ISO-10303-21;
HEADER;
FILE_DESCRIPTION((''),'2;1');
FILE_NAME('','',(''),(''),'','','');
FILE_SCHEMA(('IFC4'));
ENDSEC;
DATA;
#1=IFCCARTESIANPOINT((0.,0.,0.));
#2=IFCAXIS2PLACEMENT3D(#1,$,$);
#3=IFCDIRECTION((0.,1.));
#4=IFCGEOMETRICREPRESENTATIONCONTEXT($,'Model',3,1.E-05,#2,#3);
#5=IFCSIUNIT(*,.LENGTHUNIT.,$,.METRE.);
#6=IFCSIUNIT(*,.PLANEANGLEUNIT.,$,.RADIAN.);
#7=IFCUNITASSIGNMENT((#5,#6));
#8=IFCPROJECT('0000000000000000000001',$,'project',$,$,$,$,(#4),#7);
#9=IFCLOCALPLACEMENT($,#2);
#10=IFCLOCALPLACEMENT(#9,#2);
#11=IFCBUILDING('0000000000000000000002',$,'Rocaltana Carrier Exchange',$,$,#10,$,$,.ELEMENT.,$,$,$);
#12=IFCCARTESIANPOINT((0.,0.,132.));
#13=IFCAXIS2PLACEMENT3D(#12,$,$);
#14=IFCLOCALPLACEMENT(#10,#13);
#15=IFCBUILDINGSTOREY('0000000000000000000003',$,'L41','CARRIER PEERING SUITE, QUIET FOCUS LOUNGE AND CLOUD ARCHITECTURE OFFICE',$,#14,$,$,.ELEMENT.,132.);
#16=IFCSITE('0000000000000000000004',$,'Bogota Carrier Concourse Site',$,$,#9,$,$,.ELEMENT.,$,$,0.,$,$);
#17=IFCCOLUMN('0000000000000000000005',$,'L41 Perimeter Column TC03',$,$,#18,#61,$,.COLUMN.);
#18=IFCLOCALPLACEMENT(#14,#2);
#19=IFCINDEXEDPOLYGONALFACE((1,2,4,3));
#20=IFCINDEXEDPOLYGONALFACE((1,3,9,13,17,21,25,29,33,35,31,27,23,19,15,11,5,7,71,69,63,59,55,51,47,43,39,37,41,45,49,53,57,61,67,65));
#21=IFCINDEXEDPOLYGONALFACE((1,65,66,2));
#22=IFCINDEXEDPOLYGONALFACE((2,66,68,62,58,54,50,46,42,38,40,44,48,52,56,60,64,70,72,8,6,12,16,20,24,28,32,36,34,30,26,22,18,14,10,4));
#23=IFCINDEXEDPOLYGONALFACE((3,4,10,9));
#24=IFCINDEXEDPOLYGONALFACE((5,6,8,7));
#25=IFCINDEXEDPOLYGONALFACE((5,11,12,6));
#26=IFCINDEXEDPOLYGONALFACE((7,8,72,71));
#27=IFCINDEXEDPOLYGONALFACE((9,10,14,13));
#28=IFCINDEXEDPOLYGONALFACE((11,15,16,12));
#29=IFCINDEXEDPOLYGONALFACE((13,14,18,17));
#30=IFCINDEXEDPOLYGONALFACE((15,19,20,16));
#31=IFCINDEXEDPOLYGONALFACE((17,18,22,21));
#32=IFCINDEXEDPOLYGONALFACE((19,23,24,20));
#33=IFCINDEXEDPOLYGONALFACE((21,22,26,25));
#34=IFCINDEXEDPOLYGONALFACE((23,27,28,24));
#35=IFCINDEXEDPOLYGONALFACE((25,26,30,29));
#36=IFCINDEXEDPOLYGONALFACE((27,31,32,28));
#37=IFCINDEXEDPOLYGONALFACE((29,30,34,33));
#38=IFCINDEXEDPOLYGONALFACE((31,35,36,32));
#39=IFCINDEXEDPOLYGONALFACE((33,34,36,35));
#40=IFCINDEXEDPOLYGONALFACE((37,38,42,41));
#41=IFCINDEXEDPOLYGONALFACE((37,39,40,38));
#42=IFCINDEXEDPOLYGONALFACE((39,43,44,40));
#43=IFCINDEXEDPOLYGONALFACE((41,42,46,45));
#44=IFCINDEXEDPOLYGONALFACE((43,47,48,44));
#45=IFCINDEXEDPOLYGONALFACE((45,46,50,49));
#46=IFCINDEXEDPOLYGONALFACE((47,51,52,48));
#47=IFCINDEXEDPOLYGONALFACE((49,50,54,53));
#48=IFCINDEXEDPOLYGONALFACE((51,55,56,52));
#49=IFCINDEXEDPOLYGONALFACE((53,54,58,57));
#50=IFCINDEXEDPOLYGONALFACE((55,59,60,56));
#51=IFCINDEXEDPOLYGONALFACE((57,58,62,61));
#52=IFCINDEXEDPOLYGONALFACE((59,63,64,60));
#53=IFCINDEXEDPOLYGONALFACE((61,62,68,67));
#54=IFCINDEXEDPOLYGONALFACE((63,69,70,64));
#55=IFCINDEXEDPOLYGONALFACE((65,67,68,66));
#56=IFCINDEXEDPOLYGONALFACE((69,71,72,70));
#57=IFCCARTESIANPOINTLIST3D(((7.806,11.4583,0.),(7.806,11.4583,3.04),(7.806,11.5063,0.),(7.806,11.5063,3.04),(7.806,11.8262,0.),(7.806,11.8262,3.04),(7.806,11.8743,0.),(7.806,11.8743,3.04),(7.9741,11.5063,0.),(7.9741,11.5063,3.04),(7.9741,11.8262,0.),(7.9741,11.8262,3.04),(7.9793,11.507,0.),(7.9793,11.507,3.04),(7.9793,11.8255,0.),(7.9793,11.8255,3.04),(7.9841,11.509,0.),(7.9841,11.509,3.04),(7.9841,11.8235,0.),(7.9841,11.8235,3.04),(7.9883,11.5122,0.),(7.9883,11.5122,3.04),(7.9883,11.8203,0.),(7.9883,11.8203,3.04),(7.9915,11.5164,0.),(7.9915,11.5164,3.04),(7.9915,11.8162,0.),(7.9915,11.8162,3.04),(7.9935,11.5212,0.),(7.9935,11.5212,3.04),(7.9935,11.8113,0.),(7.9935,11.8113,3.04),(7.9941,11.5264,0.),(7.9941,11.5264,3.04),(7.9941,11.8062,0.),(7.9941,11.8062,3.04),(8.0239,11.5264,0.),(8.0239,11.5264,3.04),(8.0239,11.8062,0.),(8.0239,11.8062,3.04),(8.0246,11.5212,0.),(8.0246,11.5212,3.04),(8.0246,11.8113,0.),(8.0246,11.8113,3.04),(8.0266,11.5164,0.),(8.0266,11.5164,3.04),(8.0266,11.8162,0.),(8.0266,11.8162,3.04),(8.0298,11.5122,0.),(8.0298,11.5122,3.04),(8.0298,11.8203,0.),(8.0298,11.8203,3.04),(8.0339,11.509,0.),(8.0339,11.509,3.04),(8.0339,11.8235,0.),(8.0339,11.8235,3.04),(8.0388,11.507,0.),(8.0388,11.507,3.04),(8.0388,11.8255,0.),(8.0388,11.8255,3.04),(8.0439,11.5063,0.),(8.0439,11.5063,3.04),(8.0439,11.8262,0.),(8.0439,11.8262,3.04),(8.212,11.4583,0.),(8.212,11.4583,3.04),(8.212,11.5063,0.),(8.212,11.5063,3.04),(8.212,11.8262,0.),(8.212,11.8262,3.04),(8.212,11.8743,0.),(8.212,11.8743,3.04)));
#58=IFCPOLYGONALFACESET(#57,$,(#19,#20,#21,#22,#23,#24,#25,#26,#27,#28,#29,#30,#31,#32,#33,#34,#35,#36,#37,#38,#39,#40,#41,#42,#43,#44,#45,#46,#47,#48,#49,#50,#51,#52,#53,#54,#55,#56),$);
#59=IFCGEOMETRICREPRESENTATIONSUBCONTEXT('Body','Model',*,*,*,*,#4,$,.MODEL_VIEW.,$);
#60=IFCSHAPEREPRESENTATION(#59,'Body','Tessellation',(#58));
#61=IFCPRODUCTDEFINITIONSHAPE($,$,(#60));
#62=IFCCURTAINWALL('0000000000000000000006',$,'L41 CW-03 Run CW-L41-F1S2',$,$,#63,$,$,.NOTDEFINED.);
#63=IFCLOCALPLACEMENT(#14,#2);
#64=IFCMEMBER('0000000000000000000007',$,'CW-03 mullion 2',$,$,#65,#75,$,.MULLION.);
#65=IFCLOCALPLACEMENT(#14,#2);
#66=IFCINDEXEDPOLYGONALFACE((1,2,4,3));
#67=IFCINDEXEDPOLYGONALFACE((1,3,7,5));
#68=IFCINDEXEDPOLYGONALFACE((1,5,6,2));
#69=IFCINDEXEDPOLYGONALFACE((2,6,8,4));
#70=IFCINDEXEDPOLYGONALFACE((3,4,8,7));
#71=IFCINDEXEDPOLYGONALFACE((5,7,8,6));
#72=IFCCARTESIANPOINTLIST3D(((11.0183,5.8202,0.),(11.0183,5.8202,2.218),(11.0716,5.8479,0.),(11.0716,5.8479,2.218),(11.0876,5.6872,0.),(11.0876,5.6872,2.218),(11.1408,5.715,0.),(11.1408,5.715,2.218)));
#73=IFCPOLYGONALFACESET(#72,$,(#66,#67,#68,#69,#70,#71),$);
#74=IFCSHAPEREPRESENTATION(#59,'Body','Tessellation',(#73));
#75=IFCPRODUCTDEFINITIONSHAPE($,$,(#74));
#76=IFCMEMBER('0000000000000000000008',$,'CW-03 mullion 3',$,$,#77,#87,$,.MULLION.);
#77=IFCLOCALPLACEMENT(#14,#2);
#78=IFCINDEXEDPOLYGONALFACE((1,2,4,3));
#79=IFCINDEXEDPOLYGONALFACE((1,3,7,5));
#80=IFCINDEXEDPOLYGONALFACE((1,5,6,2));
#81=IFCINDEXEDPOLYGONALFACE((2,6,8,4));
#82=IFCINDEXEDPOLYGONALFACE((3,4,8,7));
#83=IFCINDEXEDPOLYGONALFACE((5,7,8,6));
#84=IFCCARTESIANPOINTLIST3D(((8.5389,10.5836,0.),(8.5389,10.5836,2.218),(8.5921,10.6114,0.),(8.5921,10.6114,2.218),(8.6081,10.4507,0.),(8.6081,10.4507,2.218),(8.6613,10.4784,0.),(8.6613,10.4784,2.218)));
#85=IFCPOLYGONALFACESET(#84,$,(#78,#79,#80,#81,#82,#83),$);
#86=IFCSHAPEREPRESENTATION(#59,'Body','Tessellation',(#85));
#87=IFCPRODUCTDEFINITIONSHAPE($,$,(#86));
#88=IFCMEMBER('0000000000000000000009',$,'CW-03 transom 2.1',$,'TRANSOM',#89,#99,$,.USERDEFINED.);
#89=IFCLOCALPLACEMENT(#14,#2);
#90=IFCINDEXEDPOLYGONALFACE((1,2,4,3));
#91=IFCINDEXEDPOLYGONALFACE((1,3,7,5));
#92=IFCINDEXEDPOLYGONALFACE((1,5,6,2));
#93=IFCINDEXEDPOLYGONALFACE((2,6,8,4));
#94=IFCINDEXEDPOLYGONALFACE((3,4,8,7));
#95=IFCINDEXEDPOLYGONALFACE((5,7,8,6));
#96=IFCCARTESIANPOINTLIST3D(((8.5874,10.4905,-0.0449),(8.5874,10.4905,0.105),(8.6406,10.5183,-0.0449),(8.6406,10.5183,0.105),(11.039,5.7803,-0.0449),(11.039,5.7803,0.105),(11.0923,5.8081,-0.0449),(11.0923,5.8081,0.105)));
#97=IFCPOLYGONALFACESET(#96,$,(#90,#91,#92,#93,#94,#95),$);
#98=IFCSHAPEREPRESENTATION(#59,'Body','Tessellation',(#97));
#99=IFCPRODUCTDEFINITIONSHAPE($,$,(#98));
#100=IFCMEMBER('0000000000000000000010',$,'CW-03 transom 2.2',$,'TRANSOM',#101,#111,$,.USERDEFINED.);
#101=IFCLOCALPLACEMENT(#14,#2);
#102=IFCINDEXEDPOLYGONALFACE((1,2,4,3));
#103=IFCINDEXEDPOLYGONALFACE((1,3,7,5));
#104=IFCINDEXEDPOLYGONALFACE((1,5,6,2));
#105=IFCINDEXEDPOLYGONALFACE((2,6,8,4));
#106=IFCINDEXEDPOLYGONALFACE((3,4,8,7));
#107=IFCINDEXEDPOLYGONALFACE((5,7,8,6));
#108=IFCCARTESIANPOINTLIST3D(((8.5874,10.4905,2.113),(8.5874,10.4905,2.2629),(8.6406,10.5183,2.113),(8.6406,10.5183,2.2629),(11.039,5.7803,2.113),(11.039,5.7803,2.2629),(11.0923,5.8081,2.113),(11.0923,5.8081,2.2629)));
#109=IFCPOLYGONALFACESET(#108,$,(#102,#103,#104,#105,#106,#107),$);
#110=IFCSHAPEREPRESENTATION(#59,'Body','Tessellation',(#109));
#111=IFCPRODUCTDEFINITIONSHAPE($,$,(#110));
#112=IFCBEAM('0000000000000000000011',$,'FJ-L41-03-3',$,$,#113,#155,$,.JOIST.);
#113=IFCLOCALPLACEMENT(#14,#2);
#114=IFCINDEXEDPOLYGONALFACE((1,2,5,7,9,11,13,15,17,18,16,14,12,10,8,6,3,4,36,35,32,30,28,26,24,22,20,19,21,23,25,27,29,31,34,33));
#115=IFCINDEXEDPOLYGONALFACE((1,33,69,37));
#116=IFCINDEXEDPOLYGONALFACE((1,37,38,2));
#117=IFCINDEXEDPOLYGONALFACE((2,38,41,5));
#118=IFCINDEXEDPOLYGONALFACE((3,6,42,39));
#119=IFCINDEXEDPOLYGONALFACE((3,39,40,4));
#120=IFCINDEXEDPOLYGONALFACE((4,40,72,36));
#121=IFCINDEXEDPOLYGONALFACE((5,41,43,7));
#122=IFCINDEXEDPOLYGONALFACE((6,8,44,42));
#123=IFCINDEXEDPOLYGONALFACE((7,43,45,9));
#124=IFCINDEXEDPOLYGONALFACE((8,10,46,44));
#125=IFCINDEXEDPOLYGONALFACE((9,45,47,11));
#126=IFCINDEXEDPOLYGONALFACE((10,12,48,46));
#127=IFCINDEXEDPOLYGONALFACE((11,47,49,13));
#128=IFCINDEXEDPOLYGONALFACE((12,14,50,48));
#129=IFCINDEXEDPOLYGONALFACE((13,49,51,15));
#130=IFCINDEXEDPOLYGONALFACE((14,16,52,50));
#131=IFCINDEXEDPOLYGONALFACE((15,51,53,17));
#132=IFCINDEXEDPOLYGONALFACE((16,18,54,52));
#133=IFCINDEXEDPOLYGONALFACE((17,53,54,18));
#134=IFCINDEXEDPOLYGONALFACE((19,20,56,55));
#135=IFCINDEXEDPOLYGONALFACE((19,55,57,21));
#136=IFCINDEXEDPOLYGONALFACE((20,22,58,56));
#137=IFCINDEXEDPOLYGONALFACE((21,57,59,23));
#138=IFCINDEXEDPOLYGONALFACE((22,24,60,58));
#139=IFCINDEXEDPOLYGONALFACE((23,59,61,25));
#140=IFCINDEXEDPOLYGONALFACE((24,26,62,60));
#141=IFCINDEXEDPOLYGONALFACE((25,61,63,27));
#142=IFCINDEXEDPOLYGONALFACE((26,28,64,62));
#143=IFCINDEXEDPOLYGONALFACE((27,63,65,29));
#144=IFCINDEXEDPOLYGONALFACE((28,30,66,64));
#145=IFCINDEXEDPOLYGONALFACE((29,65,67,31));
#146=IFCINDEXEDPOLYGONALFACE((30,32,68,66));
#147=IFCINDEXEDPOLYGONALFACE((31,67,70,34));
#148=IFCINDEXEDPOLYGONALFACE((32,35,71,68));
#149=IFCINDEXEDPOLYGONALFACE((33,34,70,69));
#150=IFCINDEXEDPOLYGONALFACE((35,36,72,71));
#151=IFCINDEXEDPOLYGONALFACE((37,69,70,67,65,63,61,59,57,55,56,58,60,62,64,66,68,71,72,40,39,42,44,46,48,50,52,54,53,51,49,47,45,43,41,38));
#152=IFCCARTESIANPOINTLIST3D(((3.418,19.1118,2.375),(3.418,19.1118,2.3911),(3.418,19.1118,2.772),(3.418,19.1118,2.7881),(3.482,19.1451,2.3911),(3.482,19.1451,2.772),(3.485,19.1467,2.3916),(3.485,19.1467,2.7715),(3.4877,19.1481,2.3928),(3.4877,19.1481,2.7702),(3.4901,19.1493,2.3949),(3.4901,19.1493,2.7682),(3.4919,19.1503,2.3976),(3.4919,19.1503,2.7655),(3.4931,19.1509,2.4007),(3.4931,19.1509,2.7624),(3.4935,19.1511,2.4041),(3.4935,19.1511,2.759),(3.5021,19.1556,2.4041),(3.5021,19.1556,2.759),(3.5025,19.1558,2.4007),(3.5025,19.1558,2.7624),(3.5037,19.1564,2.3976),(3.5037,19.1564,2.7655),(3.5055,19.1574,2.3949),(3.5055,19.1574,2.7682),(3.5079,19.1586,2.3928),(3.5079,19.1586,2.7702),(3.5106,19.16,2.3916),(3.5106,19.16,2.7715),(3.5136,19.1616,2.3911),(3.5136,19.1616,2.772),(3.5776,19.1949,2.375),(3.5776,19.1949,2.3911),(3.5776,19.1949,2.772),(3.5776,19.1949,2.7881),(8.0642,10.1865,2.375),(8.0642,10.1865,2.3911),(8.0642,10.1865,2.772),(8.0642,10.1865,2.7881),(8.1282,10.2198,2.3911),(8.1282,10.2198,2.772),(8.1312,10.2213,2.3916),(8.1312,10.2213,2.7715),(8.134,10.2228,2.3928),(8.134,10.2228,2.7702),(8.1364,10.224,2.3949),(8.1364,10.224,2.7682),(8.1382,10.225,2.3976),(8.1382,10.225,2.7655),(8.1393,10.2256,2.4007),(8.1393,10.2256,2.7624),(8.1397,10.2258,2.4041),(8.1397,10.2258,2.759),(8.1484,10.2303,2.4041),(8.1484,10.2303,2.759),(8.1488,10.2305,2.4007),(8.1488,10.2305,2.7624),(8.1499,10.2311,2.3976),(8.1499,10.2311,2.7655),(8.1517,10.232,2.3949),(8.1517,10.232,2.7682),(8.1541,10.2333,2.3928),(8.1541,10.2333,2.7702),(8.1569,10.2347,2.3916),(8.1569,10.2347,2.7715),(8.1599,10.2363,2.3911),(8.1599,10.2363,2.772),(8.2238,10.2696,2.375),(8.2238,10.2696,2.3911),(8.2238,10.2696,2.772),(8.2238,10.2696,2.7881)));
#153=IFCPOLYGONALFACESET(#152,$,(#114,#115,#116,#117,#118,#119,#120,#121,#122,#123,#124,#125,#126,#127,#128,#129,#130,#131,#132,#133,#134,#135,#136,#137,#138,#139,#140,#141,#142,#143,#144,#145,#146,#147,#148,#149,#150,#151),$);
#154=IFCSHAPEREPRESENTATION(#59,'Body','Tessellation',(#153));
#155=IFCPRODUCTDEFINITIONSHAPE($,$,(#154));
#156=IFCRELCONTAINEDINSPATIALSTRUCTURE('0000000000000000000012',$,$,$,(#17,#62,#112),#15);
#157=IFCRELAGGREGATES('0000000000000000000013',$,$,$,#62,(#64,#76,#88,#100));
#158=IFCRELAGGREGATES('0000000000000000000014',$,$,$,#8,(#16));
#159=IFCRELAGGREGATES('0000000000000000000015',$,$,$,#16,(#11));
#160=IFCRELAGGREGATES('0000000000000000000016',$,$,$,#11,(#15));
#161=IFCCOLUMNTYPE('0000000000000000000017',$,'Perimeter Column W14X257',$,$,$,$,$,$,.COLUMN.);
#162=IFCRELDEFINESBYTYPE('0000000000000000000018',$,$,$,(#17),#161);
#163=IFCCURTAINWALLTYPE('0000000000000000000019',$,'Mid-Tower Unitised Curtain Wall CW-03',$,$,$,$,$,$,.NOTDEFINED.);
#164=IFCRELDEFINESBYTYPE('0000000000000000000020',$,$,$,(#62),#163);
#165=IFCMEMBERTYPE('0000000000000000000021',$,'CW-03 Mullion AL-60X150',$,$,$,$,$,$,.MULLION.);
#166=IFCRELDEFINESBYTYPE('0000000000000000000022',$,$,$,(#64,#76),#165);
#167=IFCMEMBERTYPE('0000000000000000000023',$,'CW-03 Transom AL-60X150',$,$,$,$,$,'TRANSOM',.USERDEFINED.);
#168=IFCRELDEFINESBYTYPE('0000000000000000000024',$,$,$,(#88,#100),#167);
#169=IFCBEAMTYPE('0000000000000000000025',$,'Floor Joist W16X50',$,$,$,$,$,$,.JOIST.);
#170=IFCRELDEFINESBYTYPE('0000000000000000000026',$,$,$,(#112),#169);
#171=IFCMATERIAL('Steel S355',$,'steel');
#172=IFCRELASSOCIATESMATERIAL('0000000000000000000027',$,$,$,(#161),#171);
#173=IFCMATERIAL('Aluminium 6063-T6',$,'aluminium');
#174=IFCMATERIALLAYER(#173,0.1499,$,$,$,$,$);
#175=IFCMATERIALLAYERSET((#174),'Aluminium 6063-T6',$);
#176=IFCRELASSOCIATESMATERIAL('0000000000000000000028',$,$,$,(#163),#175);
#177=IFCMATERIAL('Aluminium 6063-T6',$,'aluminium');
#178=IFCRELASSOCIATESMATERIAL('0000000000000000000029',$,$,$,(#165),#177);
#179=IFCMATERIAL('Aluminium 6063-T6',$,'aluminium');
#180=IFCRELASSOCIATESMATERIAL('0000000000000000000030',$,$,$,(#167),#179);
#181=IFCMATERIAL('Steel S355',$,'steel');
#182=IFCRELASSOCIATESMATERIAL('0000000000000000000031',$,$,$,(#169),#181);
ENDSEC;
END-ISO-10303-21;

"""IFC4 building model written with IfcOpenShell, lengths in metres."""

from ifc_helpers import new_model, si_unit, direction, frame, origin, origin_2d, place, context, subcontext, project, spatial, rectangle, i_section, extrude, material, layer, layer_set, material_profile, profile_set, type_object, element, aggregate, save


model = new_model("IFC4")

# Units and contexts
model_context = context("Model", 3, precision=1e-05, world=origin(), true_north=direction((0.0, 1.0)))
body_context = subcontext(model_context, "Body", "Model", "MODEL_VIEW")
ifc_project = project(units=[si_unit("LENGTHUNIT", "METRE"), si_unit("PLANEANGLEUNIT", "RADIAN")], contexts=[model_context])

# Site, building, storey
site_placement = place(None, origin())
site = spatial("IfcSite", under=ifc_project, at=site_placement, Name="Bogota Carrier Concourse Site", CompositionType="ELEMENT", RefElevation=0.0)
building_placement = place(site_placement, origin())
building = spatial("IfcBuilding", under=site, at=building_placement, Name="Rocaltana Carrier Exchange", CompositionType="ELEMENT")
storey_placement = place(building_placement, frame((0.0, 0.0, 132.0)))
storey = spatial("IfcBuildingStorey", under=building, at=storey_placement, Name="L41", Description="CARRIER PEERING SUITE, QUIET FOCUS LOUNGE AND CLOUD ARCHITECTURE OFFICE", CompositionType="ELEMENT", Elevation=132.0)

# Column
ifc_material_1 = material(Name="Steel S355", Category="steel")
ifc_material_profile_1 = material_profile(ifc_material_1, i_section(OverallWidth=0.406, OverallDepth=0.416, WebThickness=0.0298, FlangeThickness=0.0481, FilletRadius=0.02, at=origin_2d()), Name="W14X257")
ifc_profile_set_1 = profile_set([ifc_material_profile_1], Name="Steel S355")
column_type = type_object("IfcColumnType", Name="Perimeter Column W14X257", PredefinedType="COLUMN", material=ifc_profile_set_1)
column_placement = place(storey_placement, frame((8.009, 11.6663, 0.0), z_axis=(0.0, 0.0, 1.0), x_axis=(1.0, 0.0, 0.0)))
element("IfcColumn", 1, at=column_placement, inside=storey, type_object=column_type, Name="L41 Perimeter Column TC03", PredefinedType="COLUMN", context=body_context, shape_type="SweptSolid", body=[
    extrude(i_section(OverallWidth=0.406, OverallDepth=0.416, WebThickness=0.0298, FlangeThickness=0.0481, FilletRadius=0.02, at=origin_2d()), origin(), (0.0, 0.0, 1.0), 3.04),
])

# Curtain wall, members
ifc_material_2 = material(Name="Aluminium 6063-T6", Category="aluminium")
ifc_layer_1 = layer(ifc_material_2, 0.1499)
ifc_layer_set_1 = layer_set([ifc_layer_1], Name="Aluminium 6063-T6")
curtain_wall_type = type_object("IfcCurtainWallType", Name="Mid-Tower Unitised Curtain Wall CW-03", PredefinedType="NOTDEFINED", material=ifc_layer_set_1)
curtain_wall_placement = place(storey_placement, origin())
curtain_wall = element("IfcCurtainWall", 2, at=curtain_wall_placement, inside=storey, type_object=curtain_wall_type, Name="L41 CW-03 Run CW-L41-F1S2", PredefinedType="NOTDEFINED")
ifc_material_3 = material(Name="Aluminium 6063-T6", Category="aluminium")
ifc_material_profile_2 = material_profile(ifc_material_3, rectangle(XDim=0.0601, YDim=0.1499, at=origin_2d()), Name="AL-60X150")
ifc_profile_set_2 = profile_set([ifc_material_profile_2], Name="Aluminium 6063-T6")
member_type_1 = type_object("IfcMemberType", Name="CW-03 Mullion AL-60X150", PredefinedType="MULLION", material=ifc_profile_set_2)
member_1_placement = place(storey_placement, frame((11.0796, 5.7676, 0.0), z_axis=(0.0, 0.0, 1.0), x_axis=(-0.887012, -0.461747, 0.0)))
member_1 = element("IfcMember", 3, at=member_1_placement, type_object=member_type_1, Name="CW-03 mullion 2", PredefinedType="MULLION", context=body_context, shape_type="SweptSolid", body=[
    extrude(rectangle(XDim=0.0601, YDim=0.1499, at=origin_2d()), origin(), (0.0, 0.0, 1.0), 2.218),
])
member_2_placement = place(storey_placement, frame((8.6001, 10.531, 0.0), z_axis=(0.0, 0.0, 1.0), x_axis=(-0.887012, -0.461747, 0.0)))
member_2 = element("IfcMember", 4, at=member_2_placement, type_object=member_type_1, Name="CW-03 mullion 3", PredefinedType="MULLION", context=body_context, shape_type="SweptSolid", body=[
    extrude(rectangle(XDim=0.0601, YDim=0.1499, at=origin_2d()), origin(), (0.0, 0.0, 1.0), 2.218),
])
ifc_material_4 = material(Name="Aluminium 6063-T6", Category="aluminium")
ifc_material_profile_3 = material_profile(ifc_material_4, rectangle(XDim=0.0601, YDim=0.1499, at=origin_2d()), Name="AL-60X150")
ifc_profile_set_3 = profile_set([ifc_material_profile_3], Name="Aluminium 6063-T6")
member_type_2 = type_object("IfcMemberType", Name="CW-03 Transom AL-60X150", ElementType="TRANSOM", PredefinedType="USERDEFINED", material=ifc_profile_set_3)
member_3_placement = place(storey_placement, frame((11.0657, 5.7942, 0.03), z_axis=(-0.461702, 0.887035, 0.0), x_axis=(-0.887035, -0.461702, 0.0)))
member_3 = element("IfcMember", 5, at=member_3_placement, type_object=member_type_2, Name="CW-03 transom 2.1", ObjectType="TRANSOM", PredefinedType="USERDEFINED", context=body_context, shape_type="SweptSolid", body=[
    extrude(rectangle(XDim=0.0601, YDim=0.1499, at=origin_2d()), origin(), (0.0, 0.0, 1.0), 5.3101),
])
member_4_placement = place(storey_placement, frame((11.0657, 5.7942, 2.188), z_axis=(-0.461702, 0.887035, 0.0), x_axis=(-0.887035, -0.461702, 0.0)))
member_4 = element("IfcMember", 6, at=member_4_placement, type_object=member_type_2, Name="CW-03 transom 2.2", ObjectType="TRANSOM", PredefinedType="USERDEFINED", context=body_context, shape_type="SweptSolid", body=[
    extrude(rectangle(XDim=0.0601, YDim=0.1499, at=origin_2d()), origin(), (0.0, 0.0, 1.0), 5.3101),
])

# Beam
ifc_material_5 = material(Name="Steel S355", Category="steel")
ifc_material_profile_4 = material_profile(ifc_material_5, i_section(OverallWidth=0.1799, OverallDepth=0.4131, WebThickness=0.0098, FlangeThickness=0.0161, FilletRadius=0.0129, at=origin_2d()), Name="W16X50")
ifc_profile_set_4 = profile_set([ifc_material_profile_4], Name="Steel S355")
beam_type_1 = type_object("IfcBeamType", Name="Floor Joist W16X50", PredefinedType="JOIST", material=ifc_profile_set_4)
beam_1_placement = place(storey_placement, frame((8.144, 10.228, 2.5815), z_axis=(-0.461751, 0.88701, 0.0), x_axis=(-0.88701, -0.461751, 0.0)))
element("IfcBeam", 7, at=beam_1_placement, inside=storey, type_object=beam_type_1, Name="FJ-L41-03-3", PredefinedType="JOIST", context=body_context, shape_type="SweptSolid", body=[
    extrude(i_section(OverallWidth=0.1799, OverallDepth=0.4131, WebThickness=0.0098, FlangeThickness=0.0161, FilletRadius=0.0129, at=origin_2d()), origin(), (0.0, 0.0, 1.0), 10.0623),
])

aggregate(curtain_wall, [member_1, member_2, member_3, member_4])

save(model, "model.ifc")
